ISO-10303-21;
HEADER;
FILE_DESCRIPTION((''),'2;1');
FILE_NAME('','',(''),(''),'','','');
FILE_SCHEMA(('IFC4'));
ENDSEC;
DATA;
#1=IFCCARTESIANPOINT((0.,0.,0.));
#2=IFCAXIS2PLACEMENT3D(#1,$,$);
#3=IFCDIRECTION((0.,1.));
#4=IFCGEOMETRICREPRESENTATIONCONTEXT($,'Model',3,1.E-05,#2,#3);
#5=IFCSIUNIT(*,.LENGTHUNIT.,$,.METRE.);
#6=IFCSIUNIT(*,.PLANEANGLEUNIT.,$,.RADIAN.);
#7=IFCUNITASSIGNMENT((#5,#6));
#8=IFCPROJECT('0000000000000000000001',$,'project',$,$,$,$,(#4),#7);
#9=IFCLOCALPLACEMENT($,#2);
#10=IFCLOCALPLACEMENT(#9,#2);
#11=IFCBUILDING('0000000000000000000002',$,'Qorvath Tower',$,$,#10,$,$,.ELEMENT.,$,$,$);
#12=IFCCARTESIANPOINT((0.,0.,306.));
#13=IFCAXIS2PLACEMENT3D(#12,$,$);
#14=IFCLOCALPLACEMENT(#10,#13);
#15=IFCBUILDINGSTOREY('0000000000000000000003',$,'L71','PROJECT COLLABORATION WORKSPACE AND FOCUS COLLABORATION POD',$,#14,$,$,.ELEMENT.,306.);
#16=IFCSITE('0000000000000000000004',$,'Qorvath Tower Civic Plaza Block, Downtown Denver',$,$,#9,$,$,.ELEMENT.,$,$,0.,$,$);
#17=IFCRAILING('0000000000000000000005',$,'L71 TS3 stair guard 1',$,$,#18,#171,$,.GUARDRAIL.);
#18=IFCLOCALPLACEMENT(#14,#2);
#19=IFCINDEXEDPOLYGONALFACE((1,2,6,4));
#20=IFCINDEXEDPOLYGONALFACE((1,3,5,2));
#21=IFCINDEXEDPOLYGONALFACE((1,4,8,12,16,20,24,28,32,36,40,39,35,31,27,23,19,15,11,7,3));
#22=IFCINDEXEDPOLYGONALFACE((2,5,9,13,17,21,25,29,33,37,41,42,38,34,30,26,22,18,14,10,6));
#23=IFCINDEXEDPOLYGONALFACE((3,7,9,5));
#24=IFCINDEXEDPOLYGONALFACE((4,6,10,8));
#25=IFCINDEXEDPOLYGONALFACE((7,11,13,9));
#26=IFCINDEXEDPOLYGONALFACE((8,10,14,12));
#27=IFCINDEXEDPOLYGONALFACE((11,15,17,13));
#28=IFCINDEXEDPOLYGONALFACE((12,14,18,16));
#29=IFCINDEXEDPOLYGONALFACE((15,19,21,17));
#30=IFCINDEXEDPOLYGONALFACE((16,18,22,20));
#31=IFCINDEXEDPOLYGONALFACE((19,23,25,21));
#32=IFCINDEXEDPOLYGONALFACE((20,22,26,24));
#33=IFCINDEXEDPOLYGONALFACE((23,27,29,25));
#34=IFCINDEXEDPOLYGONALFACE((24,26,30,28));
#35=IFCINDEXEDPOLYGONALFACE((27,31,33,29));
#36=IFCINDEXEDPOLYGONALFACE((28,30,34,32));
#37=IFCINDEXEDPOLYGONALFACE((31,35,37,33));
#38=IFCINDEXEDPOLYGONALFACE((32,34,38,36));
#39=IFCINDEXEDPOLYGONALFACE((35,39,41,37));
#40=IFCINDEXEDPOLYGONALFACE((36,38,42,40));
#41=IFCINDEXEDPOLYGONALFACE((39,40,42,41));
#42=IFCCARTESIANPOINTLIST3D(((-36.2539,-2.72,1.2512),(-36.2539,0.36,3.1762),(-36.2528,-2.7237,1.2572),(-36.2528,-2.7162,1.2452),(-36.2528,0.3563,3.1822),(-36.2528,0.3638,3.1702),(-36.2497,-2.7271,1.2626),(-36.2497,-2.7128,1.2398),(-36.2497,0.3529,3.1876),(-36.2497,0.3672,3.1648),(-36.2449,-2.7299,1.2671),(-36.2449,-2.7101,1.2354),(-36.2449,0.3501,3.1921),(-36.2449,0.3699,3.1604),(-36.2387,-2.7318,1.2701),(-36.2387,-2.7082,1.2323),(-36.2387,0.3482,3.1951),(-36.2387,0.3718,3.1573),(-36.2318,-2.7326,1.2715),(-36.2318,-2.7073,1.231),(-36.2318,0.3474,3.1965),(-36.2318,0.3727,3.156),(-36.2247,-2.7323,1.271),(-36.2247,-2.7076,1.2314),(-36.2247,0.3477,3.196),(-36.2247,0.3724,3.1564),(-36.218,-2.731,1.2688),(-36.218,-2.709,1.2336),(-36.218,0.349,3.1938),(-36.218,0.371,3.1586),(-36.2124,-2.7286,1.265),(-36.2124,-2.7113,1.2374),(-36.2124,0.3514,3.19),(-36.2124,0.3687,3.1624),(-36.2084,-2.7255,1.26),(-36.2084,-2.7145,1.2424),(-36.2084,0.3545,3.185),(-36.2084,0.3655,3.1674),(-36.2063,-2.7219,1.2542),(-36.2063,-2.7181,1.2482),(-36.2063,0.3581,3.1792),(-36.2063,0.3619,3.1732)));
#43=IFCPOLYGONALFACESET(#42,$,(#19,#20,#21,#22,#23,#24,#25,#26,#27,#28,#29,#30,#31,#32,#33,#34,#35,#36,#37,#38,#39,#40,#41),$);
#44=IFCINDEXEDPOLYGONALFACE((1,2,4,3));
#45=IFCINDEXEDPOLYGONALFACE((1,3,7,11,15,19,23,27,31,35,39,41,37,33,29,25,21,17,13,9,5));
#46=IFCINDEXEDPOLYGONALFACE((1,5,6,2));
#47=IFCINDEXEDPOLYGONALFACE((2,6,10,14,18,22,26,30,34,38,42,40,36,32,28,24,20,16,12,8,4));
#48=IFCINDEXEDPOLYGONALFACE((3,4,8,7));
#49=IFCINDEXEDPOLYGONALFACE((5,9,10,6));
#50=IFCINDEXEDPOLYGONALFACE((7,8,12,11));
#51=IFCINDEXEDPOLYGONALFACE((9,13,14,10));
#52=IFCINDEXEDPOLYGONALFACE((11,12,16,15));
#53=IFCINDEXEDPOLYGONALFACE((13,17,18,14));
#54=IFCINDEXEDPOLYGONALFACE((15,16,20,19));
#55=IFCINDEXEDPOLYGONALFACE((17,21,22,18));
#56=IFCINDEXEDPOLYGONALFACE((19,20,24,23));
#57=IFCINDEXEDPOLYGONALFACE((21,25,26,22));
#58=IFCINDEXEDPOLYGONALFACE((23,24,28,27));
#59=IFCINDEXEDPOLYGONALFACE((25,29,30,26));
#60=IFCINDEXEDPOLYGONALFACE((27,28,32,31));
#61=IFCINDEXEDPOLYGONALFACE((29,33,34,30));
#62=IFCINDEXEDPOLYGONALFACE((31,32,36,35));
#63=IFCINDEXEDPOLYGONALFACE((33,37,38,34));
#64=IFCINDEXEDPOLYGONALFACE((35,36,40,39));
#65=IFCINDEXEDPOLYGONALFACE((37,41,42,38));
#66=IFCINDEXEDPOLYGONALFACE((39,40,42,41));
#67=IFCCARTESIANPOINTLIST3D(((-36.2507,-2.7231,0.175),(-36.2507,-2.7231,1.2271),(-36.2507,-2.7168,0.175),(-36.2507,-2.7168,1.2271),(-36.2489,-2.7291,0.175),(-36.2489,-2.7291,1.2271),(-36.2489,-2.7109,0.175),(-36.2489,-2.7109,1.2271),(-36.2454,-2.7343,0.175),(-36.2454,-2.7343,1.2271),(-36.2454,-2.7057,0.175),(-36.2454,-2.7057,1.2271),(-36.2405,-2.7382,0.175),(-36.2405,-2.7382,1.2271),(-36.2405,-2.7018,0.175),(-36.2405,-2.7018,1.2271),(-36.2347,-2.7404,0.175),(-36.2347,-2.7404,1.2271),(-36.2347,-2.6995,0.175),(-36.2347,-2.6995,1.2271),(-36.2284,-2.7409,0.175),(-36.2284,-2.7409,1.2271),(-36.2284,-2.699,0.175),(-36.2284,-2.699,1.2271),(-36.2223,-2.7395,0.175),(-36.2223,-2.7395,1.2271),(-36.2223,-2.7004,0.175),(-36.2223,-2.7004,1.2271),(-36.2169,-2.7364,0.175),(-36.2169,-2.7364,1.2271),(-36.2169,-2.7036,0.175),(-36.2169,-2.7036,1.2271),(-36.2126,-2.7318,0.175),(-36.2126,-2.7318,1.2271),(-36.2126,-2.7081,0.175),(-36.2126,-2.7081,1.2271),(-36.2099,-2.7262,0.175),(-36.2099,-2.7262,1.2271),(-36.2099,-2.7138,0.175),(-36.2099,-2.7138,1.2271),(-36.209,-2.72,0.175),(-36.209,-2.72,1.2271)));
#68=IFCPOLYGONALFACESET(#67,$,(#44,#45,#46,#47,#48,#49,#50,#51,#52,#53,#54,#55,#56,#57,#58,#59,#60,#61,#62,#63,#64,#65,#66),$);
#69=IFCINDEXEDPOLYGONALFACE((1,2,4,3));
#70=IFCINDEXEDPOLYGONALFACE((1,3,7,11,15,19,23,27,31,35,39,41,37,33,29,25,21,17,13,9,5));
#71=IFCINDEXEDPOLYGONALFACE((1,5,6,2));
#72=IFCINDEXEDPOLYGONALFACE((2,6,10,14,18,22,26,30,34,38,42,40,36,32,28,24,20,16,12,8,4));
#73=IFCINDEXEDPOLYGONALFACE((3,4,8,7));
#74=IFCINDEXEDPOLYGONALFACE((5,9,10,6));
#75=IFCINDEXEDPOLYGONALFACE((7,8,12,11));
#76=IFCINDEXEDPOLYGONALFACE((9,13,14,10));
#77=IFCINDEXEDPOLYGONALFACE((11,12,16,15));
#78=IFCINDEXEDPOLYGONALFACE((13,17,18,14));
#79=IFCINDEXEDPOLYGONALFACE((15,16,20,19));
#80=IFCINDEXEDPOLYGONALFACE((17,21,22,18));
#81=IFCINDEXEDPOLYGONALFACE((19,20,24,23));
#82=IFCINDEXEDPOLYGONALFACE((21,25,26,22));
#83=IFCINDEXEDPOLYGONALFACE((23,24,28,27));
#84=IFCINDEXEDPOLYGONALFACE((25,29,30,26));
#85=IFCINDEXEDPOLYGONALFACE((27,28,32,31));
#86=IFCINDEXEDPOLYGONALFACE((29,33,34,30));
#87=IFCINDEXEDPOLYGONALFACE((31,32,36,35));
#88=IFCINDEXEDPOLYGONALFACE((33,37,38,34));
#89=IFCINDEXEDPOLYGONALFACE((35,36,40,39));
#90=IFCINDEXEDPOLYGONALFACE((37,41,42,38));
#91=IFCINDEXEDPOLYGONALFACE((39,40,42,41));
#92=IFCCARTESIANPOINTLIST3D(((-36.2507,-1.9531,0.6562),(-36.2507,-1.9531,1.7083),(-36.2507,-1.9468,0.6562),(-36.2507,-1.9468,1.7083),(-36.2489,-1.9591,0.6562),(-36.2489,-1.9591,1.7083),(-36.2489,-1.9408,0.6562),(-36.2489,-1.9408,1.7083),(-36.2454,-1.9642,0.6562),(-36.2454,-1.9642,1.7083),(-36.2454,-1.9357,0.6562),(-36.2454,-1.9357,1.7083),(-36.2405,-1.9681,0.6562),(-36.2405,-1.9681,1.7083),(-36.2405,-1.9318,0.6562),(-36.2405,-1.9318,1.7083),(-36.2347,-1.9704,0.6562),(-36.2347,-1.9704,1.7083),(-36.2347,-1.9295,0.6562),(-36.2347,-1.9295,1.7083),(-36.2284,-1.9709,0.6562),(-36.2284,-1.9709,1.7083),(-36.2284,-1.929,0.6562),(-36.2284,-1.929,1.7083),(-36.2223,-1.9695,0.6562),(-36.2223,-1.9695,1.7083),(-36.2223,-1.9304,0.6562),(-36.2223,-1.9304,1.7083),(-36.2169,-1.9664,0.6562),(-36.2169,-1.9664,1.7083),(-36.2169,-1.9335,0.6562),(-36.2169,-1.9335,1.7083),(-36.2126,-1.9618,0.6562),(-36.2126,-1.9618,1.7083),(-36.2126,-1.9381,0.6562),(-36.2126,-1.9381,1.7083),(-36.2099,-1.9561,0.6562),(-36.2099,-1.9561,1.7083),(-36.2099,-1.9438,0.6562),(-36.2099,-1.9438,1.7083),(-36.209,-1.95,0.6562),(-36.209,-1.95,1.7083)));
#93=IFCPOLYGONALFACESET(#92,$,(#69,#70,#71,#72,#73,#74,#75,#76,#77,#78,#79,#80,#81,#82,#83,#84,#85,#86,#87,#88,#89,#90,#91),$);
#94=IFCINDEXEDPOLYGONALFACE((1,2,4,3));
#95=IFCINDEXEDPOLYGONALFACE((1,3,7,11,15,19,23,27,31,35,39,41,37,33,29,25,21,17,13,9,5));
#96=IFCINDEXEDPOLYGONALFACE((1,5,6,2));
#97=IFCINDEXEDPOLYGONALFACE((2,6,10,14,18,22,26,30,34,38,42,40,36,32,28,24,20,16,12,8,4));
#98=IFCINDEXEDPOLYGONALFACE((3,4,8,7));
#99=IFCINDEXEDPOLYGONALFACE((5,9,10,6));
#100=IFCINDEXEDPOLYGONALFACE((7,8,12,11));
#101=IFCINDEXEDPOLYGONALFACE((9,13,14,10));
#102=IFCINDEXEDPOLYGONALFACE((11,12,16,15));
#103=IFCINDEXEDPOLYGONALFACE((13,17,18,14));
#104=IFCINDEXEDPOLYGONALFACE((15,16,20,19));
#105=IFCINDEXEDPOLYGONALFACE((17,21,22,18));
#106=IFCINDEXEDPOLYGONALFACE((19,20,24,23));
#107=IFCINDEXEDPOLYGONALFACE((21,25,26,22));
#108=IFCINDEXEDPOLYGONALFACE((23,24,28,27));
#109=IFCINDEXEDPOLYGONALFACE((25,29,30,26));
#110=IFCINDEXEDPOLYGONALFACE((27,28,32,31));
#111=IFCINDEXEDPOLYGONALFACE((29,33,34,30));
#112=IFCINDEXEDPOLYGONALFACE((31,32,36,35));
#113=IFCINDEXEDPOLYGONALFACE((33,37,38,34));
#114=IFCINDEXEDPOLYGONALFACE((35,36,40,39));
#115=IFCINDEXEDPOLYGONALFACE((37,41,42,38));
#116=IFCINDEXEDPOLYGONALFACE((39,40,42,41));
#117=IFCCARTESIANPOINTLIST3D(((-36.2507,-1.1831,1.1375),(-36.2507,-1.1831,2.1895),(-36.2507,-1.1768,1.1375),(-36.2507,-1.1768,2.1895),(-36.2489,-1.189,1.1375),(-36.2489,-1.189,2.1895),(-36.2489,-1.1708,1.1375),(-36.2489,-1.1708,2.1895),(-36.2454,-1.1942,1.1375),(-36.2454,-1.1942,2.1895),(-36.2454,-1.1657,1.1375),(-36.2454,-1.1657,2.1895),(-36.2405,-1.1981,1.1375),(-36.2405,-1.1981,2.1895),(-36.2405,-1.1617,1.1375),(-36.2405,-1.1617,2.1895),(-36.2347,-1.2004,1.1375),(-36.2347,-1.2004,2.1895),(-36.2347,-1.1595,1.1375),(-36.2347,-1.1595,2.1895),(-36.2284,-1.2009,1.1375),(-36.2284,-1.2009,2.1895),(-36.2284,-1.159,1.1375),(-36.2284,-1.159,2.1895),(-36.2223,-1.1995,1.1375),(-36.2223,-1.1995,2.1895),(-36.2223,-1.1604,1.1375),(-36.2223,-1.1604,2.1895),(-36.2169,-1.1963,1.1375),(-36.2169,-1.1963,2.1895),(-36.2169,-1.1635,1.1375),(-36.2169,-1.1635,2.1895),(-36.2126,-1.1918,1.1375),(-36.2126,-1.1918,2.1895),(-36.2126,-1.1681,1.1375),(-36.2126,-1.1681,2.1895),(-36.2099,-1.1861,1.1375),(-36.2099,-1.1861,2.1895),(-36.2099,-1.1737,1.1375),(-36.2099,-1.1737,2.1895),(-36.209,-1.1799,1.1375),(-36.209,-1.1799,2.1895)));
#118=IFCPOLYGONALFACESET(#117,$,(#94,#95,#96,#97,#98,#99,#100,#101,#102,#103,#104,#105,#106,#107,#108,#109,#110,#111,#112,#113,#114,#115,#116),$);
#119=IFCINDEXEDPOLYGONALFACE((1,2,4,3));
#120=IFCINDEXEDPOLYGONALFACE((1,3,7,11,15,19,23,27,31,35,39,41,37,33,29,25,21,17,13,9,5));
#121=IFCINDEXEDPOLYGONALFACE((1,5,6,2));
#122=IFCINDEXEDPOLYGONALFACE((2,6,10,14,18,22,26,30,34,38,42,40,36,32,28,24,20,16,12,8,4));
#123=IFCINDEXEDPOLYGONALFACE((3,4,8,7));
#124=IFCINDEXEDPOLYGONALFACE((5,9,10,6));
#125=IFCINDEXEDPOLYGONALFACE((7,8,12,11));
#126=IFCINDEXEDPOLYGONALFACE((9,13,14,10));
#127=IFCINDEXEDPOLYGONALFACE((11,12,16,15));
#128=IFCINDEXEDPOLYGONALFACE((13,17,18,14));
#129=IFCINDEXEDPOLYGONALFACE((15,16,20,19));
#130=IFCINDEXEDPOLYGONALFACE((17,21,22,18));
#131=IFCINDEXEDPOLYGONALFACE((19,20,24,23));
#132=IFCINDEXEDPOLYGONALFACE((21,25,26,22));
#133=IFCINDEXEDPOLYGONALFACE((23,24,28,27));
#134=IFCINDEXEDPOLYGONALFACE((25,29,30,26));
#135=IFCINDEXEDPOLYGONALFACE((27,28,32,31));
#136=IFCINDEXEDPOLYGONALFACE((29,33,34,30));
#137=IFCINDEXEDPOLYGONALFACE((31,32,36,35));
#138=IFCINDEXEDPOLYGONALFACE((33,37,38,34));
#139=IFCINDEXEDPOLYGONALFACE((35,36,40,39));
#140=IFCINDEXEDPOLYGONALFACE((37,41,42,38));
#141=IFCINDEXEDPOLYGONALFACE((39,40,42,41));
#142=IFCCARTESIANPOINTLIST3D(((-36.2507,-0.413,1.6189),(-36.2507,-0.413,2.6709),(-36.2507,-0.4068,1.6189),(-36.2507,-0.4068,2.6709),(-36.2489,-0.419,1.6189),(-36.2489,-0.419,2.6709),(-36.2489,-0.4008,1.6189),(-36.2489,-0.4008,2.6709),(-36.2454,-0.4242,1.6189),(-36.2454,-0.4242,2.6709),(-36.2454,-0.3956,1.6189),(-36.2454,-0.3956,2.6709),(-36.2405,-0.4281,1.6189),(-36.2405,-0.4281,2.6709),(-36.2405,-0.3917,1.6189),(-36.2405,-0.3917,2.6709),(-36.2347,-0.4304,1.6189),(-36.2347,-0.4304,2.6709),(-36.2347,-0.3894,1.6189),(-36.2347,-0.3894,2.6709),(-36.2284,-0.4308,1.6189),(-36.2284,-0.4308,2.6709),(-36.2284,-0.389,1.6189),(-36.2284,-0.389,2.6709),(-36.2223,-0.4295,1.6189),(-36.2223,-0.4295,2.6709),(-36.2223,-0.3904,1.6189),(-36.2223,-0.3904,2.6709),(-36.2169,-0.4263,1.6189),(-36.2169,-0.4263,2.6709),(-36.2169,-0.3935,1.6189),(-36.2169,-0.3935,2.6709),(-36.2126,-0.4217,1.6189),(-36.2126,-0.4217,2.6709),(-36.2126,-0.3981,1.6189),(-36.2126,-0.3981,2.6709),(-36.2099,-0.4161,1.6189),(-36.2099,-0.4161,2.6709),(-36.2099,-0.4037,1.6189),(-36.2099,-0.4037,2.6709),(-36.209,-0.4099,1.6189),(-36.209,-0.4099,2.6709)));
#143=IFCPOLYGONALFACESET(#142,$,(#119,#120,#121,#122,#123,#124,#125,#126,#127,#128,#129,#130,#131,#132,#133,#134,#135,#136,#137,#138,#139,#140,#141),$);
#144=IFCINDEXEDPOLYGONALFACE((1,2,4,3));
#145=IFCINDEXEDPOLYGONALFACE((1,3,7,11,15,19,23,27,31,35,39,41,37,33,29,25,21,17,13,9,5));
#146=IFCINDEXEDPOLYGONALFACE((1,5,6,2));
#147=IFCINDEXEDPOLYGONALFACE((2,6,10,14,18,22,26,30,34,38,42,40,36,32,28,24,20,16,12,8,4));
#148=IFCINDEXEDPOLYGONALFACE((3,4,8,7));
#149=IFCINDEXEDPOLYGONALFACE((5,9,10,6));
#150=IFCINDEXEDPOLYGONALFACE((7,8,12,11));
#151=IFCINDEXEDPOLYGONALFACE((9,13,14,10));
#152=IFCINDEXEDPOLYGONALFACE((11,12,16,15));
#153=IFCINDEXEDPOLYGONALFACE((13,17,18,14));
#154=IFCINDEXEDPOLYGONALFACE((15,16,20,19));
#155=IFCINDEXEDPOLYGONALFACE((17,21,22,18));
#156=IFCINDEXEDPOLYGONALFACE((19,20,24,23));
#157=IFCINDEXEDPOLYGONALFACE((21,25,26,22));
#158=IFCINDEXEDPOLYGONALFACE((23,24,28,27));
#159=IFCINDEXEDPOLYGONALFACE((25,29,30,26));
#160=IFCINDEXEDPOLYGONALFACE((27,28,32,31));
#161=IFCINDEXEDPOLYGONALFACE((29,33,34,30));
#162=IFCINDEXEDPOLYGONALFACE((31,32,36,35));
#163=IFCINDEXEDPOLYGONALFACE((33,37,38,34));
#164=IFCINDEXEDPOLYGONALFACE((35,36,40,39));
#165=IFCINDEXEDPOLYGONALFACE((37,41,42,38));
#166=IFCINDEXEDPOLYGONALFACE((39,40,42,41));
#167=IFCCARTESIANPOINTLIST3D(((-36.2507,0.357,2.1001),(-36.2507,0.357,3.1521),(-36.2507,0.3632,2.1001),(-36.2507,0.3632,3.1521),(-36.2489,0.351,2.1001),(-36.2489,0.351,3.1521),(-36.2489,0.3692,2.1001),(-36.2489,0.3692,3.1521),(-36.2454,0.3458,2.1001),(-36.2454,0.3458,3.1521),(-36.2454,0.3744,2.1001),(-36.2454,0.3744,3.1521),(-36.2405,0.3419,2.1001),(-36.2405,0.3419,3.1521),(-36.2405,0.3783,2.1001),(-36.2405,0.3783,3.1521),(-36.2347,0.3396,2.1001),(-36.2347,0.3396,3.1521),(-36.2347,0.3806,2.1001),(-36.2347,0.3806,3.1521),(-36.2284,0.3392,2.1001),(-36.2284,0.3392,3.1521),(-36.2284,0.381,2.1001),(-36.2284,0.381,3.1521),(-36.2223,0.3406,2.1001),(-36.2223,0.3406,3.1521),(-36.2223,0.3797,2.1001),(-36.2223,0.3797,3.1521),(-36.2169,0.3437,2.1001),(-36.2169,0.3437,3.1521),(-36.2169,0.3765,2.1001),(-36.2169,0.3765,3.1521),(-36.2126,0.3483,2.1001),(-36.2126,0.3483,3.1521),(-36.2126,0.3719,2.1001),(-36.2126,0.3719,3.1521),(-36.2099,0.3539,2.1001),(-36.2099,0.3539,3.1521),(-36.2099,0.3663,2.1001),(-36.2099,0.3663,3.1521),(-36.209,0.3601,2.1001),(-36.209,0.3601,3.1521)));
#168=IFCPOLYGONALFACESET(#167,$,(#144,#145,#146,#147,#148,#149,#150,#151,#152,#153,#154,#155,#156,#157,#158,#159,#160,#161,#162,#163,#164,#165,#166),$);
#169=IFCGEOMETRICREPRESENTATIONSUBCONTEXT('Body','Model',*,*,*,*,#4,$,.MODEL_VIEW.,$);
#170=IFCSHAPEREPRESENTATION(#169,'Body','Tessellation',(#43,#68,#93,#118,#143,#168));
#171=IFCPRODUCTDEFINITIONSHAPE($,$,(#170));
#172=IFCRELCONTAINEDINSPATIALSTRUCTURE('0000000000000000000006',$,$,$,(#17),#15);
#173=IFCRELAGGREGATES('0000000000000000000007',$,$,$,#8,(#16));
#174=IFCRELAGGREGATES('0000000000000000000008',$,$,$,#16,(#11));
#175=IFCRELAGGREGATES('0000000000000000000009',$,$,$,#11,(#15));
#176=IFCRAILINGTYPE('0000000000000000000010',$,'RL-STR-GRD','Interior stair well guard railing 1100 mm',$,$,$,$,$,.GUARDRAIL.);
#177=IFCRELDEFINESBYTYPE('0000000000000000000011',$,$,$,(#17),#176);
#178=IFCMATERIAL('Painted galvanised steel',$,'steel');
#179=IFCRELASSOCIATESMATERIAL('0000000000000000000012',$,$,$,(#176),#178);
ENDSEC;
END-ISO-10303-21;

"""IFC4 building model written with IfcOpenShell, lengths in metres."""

from ifc_helpers import new_model, si_unit, direction, frame, origin, origin_2d, place, context, subcontext, project, spatial, circle, extrude, material, type_object, element, save


model = new_model("IFC4")

# Units and contexts
model_context = context("Model", 3, precision=1e-05, world=origin(), true_north=direction((0.0, 1.0)))
body_context = subcontext(model_context, "Body", "Model", "MODEL_VIEW")
ifc_project = project(units=[si_unit("LENGTHUNIT", "METRE"), si_unit("PLANEANGLEUNIT", "RADIAN")], contexts=[model_context])

# Site, building, storey
site_placement = place(None, origin())
site = spatial("IfcSite", under=ifc_project, at=site_placement, Name="Qorvath Tower Civic Plaza Block, Downtown Denver", CompositionType="ELEMENT", RefElevation=0.0)
building_placement = place(site_placement, origin())
building = spatial("IfcBuilding", under=site, at=building_placement, Name="Qorvath Tower", CompositionType="ELEMENT")
storey_placement = place(building_placement, frame((0.0, 0.0, 306.0)))
storey = spatial("IfcBuildingStorey", under=building, at=storey_placement, Name="L71", Description="PROJECT COLLABORATION WORKSPACE AND FOCUS COLLABORATION POD", CompositionType="ELEMENT", Elevation=306.0)

# Railing
ifc_material_1 = material(Name="Painted galvanised steel", Category="steel")
railing_type = type_object("IfcRailingType", Name="RL-STR-GRD", Description="Interior stair well guard railing 1100 mm", PredefinedType="GUARDRAIL", material=ifc_material_1)
railing_1_placement = place(storey_placement, frame((-36.23, -2.72, 0.175)))
element("IfcRailing", 1, at=railing_1_placement, inside=storey, type_object=railing_type, Name="L71 TS3 stair guard 1", PredefinedType="GUARDRAIL", context=body_context, shape_type="SweptSolid", body=[
    extrude(circle(Radius=0.0239, at=origin_2d()), frame((0.0, 0.0, 1.0762), z_axis=(0.0, 0.847998, 0.529999), x_axis=(-1.0, 0.0, 0.0)), (0.0, 0.0, 1.0), 3.6321),
    extrude(circle(Radius=0.021, at=origin_2d()), origin(), (0.0, 0.0, 1.0), 1.052),
    extrude(circle(Radius=0.021, at=origin_2d()), frame((0.0, 0.77, 0.4812)), (0.0, 0.0, 1.0), 1.052),
    extrude(circle(Radius=0.021, at=origin_2d()), frame((0.0, 1.54, 0.9624)), (0.0, 0.0, 1.0), 1.052),
    extrude(circle(Radius=0.021, at=origin_2d()), frame((0.0, 2.3101, 1.4438)), (0.0, 0.0, 1.0), 1.052),
    extrude(circle(Radius=0.021, at=origin_2d()), frame((0.0, 3.0801, 1.925)), (0.0, 0.0, 1.0), 1.052),
])

save(model, "model.ifc")
